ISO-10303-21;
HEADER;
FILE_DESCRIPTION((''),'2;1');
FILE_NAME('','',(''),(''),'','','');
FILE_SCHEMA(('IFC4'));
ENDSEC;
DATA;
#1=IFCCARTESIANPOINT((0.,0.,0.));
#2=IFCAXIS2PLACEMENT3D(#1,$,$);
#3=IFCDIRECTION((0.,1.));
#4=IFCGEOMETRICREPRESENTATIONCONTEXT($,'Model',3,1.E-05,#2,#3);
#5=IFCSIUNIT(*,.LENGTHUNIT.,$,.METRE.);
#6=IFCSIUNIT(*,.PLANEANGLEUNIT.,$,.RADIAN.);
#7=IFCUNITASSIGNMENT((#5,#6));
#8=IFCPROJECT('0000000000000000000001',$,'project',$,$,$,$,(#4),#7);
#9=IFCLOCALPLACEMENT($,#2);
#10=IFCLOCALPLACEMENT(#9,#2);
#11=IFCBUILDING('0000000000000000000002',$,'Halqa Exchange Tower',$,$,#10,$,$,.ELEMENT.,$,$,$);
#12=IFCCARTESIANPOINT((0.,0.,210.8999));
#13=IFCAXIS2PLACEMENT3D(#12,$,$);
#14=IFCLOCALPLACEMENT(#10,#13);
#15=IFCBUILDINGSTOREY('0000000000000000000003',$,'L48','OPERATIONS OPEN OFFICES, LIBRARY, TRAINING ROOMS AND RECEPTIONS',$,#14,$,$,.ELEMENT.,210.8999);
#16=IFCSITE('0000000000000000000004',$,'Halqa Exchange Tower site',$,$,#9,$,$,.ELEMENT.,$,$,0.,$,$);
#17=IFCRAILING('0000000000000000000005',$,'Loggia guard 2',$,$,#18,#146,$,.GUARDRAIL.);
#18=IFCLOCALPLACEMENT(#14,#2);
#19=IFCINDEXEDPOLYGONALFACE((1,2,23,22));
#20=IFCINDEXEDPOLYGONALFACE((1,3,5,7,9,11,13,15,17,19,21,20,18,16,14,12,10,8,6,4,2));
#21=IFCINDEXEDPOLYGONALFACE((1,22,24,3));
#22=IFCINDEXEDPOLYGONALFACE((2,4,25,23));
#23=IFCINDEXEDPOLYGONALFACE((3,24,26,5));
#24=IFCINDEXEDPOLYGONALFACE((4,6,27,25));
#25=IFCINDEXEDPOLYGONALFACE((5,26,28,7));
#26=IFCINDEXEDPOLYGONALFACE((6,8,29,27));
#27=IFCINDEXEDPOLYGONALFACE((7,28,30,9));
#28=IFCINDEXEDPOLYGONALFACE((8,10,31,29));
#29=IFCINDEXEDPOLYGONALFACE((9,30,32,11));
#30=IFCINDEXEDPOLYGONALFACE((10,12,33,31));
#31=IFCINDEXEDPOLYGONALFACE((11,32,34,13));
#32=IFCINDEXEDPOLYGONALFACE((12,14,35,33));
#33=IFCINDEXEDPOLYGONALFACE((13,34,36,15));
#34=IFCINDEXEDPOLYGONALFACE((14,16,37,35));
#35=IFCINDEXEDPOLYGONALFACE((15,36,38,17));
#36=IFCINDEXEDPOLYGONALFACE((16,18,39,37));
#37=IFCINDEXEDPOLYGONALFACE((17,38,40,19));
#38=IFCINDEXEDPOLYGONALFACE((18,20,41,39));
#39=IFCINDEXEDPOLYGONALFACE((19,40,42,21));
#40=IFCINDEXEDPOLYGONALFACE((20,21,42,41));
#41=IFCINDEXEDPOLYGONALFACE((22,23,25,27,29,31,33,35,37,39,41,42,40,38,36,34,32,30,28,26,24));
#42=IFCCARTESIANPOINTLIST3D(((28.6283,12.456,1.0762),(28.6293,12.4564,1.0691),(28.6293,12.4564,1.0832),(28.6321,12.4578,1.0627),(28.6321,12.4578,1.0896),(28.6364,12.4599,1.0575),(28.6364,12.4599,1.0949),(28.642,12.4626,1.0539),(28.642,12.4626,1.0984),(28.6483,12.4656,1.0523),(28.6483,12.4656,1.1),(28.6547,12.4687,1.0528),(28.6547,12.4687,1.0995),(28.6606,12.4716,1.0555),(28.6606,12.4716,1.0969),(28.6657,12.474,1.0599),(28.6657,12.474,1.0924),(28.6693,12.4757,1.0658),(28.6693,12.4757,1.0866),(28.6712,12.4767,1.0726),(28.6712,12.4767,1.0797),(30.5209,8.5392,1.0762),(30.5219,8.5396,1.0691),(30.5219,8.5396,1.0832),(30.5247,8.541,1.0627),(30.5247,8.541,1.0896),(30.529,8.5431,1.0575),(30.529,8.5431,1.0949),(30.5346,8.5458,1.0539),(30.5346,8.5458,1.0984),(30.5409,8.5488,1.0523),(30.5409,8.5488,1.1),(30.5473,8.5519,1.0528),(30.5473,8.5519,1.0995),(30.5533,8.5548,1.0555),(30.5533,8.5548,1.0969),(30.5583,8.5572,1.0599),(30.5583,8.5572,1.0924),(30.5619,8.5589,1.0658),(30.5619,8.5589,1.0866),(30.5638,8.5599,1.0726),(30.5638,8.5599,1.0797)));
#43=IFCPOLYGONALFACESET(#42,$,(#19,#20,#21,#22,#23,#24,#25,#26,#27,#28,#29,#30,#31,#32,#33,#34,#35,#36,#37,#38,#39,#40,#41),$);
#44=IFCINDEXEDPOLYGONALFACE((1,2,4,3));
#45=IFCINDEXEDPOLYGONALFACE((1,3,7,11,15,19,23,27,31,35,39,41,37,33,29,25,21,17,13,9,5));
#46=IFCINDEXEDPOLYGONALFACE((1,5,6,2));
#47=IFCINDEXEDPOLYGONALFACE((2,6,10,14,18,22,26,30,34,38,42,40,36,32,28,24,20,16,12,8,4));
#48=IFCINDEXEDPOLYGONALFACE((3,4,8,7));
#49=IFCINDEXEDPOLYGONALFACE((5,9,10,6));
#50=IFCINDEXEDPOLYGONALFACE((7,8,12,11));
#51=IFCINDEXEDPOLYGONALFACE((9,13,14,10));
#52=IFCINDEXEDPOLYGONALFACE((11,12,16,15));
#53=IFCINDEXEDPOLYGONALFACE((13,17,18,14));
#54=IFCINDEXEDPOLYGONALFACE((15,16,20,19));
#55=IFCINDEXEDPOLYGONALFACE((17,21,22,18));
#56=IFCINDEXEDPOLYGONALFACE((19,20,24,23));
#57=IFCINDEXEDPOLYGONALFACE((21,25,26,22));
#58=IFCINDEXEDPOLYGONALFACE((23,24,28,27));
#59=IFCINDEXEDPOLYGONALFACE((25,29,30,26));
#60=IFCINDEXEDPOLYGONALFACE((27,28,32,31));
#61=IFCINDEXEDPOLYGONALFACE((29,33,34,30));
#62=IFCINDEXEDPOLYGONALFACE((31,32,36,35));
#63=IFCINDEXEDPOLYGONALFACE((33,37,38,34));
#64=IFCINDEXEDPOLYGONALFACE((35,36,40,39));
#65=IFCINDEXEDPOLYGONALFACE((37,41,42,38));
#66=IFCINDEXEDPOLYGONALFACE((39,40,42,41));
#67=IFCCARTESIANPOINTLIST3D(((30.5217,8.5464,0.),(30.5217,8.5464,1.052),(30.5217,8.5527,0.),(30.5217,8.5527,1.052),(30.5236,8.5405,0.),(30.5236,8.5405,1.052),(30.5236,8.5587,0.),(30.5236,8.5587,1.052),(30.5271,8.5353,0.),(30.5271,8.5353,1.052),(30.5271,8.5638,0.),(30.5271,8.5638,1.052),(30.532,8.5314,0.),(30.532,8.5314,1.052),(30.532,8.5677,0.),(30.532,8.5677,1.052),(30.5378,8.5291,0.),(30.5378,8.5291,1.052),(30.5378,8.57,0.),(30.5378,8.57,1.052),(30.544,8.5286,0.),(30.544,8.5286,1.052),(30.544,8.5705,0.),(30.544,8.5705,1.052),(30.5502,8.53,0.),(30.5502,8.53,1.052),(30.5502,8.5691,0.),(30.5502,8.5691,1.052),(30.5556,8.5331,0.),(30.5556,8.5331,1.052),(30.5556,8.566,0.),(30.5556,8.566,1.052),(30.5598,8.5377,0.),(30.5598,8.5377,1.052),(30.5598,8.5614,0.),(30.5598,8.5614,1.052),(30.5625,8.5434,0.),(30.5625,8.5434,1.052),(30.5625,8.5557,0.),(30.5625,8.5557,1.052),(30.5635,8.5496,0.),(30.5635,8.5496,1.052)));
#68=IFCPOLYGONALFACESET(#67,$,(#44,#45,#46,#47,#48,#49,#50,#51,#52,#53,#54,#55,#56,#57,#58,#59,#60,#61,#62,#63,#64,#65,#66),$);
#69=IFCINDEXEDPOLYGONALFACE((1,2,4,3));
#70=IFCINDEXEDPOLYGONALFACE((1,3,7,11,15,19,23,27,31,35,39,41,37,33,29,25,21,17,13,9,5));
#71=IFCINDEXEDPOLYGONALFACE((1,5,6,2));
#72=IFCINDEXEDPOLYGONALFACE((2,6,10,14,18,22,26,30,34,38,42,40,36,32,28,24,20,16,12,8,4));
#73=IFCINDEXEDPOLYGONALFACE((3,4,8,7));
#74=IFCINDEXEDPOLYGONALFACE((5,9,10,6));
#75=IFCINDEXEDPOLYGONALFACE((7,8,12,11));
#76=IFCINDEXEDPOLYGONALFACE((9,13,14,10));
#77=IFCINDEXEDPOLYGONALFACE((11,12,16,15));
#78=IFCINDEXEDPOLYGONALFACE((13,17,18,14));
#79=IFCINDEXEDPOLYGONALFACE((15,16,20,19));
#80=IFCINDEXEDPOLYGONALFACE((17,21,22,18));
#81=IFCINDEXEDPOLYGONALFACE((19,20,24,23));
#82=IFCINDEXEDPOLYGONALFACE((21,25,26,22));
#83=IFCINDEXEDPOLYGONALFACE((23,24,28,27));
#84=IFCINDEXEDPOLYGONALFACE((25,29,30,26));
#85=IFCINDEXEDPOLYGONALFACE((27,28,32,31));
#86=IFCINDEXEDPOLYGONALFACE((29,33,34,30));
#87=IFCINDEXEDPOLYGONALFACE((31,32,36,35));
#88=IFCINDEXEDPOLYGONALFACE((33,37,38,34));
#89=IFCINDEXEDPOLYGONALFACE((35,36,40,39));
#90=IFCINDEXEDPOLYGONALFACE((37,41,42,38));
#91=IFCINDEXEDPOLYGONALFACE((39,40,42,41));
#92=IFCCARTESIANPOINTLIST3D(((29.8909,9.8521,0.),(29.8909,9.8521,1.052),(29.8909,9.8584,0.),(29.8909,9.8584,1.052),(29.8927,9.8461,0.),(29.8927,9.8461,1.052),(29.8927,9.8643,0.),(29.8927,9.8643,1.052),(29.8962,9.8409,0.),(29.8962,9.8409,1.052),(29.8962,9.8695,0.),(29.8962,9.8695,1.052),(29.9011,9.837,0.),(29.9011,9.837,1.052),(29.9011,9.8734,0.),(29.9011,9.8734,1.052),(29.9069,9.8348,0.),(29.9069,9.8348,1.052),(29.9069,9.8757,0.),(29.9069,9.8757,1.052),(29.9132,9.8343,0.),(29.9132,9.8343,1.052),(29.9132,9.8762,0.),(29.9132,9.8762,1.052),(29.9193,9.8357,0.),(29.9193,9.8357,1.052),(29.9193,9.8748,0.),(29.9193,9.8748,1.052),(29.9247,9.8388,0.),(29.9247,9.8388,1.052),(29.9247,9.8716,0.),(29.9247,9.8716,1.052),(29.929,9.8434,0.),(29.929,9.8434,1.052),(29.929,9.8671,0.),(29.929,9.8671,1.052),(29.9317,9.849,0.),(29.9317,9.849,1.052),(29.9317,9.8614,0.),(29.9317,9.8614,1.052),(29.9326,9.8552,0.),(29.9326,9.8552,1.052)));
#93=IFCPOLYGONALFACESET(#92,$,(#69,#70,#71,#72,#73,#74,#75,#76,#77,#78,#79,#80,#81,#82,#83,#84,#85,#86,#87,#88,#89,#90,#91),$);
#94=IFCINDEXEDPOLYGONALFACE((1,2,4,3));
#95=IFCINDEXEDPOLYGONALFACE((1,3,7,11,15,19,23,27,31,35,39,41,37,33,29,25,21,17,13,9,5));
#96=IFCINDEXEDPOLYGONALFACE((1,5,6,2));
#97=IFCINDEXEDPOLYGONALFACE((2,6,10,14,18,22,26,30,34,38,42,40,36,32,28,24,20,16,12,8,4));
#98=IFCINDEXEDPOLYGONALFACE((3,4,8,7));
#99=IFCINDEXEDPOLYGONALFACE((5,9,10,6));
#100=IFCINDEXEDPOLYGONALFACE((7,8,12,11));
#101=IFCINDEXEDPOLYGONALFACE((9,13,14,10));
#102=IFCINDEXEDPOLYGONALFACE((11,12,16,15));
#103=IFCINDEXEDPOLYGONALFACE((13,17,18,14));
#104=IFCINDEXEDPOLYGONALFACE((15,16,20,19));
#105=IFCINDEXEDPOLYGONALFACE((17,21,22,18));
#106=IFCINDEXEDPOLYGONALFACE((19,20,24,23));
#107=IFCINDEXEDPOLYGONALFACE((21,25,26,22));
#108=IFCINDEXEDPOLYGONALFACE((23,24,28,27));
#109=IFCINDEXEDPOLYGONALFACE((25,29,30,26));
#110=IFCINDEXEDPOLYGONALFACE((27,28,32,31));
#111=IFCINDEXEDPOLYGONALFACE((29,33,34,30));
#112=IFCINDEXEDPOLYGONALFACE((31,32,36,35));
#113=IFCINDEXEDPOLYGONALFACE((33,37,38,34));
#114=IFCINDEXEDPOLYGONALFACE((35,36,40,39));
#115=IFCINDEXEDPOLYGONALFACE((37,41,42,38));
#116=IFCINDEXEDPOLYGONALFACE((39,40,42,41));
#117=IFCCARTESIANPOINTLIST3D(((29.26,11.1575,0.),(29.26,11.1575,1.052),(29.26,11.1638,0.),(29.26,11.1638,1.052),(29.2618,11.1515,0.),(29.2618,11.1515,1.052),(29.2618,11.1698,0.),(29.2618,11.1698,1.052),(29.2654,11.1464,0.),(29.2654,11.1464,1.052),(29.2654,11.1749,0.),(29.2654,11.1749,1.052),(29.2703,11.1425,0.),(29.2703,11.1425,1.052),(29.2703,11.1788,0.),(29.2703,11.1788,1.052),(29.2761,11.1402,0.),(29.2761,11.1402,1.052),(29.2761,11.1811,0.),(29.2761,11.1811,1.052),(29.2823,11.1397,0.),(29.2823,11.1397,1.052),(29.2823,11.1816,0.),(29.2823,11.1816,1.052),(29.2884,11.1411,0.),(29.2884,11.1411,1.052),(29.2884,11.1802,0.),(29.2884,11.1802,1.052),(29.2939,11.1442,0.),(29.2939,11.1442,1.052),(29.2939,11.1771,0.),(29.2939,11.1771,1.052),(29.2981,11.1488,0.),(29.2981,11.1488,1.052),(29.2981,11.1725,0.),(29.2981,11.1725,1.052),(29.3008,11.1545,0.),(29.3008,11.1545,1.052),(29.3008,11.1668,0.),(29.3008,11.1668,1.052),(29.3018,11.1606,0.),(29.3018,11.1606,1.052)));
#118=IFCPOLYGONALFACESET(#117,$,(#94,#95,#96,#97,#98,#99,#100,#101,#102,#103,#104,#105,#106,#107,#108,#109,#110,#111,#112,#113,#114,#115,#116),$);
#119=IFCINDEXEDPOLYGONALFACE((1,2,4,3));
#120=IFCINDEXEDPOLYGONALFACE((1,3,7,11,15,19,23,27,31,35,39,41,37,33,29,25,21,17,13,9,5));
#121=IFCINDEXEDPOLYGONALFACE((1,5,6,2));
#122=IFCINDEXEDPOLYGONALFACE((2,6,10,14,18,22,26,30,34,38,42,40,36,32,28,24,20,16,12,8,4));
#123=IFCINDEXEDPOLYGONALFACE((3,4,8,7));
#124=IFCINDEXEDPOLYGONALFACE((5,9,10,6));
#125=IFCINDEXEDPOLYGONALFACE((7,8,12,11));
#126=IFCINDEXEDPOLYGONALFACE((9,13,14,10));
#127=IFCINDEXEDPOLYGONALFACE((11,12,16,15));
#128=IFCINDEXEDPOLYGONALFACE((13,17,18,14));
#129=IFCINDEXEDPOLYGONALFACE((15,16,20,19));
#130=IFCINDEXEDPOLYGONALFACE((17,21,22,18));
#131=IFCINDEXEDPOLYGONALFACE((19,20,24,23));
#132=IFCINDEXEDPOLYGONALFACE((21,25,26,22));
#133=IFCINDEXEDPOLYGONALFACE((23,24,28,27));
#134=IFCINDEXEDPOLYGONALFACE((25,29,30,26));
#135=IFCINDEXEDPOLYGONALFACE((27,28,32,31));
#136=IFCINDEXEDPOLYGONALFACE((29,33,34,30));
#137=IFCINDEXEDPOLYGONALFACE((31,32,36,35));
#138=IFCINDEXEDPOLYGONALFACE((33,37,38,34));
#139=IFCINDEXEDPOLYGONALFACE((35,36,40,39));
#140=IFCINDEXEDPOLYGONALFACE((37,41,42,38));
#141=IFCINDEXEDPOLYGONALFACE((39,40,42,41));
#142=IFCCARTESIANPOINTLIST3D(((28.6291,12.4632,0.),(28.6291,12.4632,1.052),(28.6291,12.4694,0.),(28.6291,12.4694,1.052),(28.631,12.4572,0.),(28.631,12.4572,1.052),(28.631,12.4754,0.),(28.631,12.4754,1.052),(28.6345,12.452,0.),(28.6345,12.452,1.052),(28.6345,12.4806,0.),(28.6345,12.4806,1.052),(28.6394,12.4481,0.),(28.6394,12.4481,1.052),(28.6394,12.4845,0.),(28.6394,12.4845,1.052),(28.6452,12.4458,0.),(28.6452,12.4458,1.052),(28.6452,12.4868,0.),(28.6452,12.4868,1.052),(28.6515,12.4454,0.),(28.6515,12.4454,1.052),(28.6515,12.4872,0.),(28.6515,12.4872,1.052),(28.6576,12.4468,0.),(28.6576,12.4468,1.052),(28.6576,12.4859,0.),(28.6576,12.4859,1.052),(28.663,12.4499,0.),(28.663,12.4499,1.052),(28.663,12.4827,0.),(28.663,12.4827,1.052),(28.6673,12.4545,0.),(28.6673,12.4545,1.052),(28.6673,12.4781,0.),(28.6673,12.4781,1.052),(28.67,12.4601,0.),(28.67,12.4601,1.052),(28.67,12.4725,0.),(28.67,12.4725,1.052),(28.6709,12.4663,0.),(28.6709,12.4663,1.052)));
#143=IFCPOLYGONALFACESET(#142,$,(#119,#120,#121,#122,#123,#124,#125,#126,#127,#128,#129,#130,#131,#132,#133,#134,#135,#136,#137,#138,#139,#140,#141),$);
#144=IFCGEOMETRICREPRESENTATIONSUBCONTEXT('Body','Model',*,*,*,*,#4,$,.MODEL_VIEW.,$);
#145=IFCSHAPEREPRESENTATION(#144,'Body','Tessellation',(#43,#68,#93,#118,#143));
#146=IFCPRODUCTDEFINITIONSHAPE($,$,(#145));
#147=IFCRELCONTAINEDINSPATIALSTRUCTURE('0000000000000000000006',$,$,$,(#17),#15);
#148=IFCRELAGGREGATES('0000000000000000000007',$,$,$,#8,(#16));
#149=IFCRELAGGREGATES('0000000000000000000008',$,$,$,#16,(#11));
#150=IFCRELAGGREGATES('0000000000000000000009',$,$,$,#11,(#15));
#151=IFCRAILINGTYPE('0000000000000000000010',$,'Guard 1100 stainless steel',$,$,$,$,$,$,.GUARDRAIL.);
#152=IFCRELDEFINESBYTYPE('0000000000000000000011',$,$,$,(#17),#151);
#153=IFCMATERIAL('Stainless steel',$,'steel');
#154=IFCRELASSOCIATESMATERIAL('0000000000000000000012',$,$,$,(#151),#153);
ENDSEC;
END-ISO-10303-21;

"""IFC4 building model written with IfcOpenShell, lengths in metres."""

from ifc_helpers import new_model, si_unit, direction, frame, origin, origin_2d, place, context, subcontext, project, spatial, circle, extrude, material, type_object, element, save


model = new_model("IFC4")

# Units and contexts
model_context = context("Model", 3, precision=1e-05, world=origin(), true_north=direction((0.0, 1.0)))
body_context = subcontext(model_context, "Body", "Model", "MODEL_VIEW")
ifc_project = project(units=[si_unit("LENGTHUNIT", "METRE"), si_unit("PLANEANGLEUNIT", "RADIAN")], contexts=[model_context])

# Site, building, storey
site_placement = place(None, origin())
site = spatial("IfcSite", under=ifc_project, at=site_placement, Name="Halqa Exchange Tower site", CompositionType="ELEMENT", RefElevation=0.0)
building_placement = place(site_placement, origin())
building = spatial("IfcBuilding", under=site, at=building_placement, Name="Halqa Exchange Tower", CompositionType="ELEMENT")
storey_placement = place(building_placement, frame((0.0, 0.0, 210.8999)))
storey = spatial("IfcBuildingStorey", under=building, at=storey_placement, Name="L48", Description="OPERATIONS OPEN OFFICES, LIBRARY, TRAINING ROOMS AND RECEPTIONS", CompositionType="ELEMENT", Elevation=210.8999)

# Railing
ifc_material_1 = material(Name="Stainless steel", Category="steel")
railing_type = type_object("IfcRailingType", Name="Guard 1100 stainless steel", PredefinedType="GUARDRAIL", material=ifc_material_1)
railing_1_placement = place(storey_placement, frame((30.5425, 8.5496, 0.0)))
element("IfcRailing", 1, at=railing_1_placement, inside=storey, type_object=railing_type, Name="Loggia guard 2", PredefinedType="GUARDRAIL", context=body_context, shape_type="SweptSolid", body=[
    extrude(circle(Radius=0.0239, at=origin_2d()), frame((0.0, 0.0, 1.0762), z_axis=(-0.435072, 0.900395, 0.0), x_axis=(-0.900395, -0.435072, 0.0)), (0.0, 0.0, 1.0), 4.3501),
    extrude(circle(Radius=0.021, at=origin_2d()), origin(), (0.0, 0.0, 1.0), 1.052),
    extrude(circle(Radius=0.021, at=origin_2d()), frame((-0.6309, 1.3057, 0.0)), (0.0, 0.0, 1.0), 1.052),
    extrude(circle(Radius=0.021, at=origin_2d()), frame((-1.2617, 2.6111, 0.0)), (0.0, 0.0, 1.0), 1.052),
    extrude(circle(Radius=0.021, at=origin_2d()), frame((-1.8926, 3.9167, 0.0)), (0.0, 0.0, 1.0), 1.052),
])

save(model, "model.ifc")
